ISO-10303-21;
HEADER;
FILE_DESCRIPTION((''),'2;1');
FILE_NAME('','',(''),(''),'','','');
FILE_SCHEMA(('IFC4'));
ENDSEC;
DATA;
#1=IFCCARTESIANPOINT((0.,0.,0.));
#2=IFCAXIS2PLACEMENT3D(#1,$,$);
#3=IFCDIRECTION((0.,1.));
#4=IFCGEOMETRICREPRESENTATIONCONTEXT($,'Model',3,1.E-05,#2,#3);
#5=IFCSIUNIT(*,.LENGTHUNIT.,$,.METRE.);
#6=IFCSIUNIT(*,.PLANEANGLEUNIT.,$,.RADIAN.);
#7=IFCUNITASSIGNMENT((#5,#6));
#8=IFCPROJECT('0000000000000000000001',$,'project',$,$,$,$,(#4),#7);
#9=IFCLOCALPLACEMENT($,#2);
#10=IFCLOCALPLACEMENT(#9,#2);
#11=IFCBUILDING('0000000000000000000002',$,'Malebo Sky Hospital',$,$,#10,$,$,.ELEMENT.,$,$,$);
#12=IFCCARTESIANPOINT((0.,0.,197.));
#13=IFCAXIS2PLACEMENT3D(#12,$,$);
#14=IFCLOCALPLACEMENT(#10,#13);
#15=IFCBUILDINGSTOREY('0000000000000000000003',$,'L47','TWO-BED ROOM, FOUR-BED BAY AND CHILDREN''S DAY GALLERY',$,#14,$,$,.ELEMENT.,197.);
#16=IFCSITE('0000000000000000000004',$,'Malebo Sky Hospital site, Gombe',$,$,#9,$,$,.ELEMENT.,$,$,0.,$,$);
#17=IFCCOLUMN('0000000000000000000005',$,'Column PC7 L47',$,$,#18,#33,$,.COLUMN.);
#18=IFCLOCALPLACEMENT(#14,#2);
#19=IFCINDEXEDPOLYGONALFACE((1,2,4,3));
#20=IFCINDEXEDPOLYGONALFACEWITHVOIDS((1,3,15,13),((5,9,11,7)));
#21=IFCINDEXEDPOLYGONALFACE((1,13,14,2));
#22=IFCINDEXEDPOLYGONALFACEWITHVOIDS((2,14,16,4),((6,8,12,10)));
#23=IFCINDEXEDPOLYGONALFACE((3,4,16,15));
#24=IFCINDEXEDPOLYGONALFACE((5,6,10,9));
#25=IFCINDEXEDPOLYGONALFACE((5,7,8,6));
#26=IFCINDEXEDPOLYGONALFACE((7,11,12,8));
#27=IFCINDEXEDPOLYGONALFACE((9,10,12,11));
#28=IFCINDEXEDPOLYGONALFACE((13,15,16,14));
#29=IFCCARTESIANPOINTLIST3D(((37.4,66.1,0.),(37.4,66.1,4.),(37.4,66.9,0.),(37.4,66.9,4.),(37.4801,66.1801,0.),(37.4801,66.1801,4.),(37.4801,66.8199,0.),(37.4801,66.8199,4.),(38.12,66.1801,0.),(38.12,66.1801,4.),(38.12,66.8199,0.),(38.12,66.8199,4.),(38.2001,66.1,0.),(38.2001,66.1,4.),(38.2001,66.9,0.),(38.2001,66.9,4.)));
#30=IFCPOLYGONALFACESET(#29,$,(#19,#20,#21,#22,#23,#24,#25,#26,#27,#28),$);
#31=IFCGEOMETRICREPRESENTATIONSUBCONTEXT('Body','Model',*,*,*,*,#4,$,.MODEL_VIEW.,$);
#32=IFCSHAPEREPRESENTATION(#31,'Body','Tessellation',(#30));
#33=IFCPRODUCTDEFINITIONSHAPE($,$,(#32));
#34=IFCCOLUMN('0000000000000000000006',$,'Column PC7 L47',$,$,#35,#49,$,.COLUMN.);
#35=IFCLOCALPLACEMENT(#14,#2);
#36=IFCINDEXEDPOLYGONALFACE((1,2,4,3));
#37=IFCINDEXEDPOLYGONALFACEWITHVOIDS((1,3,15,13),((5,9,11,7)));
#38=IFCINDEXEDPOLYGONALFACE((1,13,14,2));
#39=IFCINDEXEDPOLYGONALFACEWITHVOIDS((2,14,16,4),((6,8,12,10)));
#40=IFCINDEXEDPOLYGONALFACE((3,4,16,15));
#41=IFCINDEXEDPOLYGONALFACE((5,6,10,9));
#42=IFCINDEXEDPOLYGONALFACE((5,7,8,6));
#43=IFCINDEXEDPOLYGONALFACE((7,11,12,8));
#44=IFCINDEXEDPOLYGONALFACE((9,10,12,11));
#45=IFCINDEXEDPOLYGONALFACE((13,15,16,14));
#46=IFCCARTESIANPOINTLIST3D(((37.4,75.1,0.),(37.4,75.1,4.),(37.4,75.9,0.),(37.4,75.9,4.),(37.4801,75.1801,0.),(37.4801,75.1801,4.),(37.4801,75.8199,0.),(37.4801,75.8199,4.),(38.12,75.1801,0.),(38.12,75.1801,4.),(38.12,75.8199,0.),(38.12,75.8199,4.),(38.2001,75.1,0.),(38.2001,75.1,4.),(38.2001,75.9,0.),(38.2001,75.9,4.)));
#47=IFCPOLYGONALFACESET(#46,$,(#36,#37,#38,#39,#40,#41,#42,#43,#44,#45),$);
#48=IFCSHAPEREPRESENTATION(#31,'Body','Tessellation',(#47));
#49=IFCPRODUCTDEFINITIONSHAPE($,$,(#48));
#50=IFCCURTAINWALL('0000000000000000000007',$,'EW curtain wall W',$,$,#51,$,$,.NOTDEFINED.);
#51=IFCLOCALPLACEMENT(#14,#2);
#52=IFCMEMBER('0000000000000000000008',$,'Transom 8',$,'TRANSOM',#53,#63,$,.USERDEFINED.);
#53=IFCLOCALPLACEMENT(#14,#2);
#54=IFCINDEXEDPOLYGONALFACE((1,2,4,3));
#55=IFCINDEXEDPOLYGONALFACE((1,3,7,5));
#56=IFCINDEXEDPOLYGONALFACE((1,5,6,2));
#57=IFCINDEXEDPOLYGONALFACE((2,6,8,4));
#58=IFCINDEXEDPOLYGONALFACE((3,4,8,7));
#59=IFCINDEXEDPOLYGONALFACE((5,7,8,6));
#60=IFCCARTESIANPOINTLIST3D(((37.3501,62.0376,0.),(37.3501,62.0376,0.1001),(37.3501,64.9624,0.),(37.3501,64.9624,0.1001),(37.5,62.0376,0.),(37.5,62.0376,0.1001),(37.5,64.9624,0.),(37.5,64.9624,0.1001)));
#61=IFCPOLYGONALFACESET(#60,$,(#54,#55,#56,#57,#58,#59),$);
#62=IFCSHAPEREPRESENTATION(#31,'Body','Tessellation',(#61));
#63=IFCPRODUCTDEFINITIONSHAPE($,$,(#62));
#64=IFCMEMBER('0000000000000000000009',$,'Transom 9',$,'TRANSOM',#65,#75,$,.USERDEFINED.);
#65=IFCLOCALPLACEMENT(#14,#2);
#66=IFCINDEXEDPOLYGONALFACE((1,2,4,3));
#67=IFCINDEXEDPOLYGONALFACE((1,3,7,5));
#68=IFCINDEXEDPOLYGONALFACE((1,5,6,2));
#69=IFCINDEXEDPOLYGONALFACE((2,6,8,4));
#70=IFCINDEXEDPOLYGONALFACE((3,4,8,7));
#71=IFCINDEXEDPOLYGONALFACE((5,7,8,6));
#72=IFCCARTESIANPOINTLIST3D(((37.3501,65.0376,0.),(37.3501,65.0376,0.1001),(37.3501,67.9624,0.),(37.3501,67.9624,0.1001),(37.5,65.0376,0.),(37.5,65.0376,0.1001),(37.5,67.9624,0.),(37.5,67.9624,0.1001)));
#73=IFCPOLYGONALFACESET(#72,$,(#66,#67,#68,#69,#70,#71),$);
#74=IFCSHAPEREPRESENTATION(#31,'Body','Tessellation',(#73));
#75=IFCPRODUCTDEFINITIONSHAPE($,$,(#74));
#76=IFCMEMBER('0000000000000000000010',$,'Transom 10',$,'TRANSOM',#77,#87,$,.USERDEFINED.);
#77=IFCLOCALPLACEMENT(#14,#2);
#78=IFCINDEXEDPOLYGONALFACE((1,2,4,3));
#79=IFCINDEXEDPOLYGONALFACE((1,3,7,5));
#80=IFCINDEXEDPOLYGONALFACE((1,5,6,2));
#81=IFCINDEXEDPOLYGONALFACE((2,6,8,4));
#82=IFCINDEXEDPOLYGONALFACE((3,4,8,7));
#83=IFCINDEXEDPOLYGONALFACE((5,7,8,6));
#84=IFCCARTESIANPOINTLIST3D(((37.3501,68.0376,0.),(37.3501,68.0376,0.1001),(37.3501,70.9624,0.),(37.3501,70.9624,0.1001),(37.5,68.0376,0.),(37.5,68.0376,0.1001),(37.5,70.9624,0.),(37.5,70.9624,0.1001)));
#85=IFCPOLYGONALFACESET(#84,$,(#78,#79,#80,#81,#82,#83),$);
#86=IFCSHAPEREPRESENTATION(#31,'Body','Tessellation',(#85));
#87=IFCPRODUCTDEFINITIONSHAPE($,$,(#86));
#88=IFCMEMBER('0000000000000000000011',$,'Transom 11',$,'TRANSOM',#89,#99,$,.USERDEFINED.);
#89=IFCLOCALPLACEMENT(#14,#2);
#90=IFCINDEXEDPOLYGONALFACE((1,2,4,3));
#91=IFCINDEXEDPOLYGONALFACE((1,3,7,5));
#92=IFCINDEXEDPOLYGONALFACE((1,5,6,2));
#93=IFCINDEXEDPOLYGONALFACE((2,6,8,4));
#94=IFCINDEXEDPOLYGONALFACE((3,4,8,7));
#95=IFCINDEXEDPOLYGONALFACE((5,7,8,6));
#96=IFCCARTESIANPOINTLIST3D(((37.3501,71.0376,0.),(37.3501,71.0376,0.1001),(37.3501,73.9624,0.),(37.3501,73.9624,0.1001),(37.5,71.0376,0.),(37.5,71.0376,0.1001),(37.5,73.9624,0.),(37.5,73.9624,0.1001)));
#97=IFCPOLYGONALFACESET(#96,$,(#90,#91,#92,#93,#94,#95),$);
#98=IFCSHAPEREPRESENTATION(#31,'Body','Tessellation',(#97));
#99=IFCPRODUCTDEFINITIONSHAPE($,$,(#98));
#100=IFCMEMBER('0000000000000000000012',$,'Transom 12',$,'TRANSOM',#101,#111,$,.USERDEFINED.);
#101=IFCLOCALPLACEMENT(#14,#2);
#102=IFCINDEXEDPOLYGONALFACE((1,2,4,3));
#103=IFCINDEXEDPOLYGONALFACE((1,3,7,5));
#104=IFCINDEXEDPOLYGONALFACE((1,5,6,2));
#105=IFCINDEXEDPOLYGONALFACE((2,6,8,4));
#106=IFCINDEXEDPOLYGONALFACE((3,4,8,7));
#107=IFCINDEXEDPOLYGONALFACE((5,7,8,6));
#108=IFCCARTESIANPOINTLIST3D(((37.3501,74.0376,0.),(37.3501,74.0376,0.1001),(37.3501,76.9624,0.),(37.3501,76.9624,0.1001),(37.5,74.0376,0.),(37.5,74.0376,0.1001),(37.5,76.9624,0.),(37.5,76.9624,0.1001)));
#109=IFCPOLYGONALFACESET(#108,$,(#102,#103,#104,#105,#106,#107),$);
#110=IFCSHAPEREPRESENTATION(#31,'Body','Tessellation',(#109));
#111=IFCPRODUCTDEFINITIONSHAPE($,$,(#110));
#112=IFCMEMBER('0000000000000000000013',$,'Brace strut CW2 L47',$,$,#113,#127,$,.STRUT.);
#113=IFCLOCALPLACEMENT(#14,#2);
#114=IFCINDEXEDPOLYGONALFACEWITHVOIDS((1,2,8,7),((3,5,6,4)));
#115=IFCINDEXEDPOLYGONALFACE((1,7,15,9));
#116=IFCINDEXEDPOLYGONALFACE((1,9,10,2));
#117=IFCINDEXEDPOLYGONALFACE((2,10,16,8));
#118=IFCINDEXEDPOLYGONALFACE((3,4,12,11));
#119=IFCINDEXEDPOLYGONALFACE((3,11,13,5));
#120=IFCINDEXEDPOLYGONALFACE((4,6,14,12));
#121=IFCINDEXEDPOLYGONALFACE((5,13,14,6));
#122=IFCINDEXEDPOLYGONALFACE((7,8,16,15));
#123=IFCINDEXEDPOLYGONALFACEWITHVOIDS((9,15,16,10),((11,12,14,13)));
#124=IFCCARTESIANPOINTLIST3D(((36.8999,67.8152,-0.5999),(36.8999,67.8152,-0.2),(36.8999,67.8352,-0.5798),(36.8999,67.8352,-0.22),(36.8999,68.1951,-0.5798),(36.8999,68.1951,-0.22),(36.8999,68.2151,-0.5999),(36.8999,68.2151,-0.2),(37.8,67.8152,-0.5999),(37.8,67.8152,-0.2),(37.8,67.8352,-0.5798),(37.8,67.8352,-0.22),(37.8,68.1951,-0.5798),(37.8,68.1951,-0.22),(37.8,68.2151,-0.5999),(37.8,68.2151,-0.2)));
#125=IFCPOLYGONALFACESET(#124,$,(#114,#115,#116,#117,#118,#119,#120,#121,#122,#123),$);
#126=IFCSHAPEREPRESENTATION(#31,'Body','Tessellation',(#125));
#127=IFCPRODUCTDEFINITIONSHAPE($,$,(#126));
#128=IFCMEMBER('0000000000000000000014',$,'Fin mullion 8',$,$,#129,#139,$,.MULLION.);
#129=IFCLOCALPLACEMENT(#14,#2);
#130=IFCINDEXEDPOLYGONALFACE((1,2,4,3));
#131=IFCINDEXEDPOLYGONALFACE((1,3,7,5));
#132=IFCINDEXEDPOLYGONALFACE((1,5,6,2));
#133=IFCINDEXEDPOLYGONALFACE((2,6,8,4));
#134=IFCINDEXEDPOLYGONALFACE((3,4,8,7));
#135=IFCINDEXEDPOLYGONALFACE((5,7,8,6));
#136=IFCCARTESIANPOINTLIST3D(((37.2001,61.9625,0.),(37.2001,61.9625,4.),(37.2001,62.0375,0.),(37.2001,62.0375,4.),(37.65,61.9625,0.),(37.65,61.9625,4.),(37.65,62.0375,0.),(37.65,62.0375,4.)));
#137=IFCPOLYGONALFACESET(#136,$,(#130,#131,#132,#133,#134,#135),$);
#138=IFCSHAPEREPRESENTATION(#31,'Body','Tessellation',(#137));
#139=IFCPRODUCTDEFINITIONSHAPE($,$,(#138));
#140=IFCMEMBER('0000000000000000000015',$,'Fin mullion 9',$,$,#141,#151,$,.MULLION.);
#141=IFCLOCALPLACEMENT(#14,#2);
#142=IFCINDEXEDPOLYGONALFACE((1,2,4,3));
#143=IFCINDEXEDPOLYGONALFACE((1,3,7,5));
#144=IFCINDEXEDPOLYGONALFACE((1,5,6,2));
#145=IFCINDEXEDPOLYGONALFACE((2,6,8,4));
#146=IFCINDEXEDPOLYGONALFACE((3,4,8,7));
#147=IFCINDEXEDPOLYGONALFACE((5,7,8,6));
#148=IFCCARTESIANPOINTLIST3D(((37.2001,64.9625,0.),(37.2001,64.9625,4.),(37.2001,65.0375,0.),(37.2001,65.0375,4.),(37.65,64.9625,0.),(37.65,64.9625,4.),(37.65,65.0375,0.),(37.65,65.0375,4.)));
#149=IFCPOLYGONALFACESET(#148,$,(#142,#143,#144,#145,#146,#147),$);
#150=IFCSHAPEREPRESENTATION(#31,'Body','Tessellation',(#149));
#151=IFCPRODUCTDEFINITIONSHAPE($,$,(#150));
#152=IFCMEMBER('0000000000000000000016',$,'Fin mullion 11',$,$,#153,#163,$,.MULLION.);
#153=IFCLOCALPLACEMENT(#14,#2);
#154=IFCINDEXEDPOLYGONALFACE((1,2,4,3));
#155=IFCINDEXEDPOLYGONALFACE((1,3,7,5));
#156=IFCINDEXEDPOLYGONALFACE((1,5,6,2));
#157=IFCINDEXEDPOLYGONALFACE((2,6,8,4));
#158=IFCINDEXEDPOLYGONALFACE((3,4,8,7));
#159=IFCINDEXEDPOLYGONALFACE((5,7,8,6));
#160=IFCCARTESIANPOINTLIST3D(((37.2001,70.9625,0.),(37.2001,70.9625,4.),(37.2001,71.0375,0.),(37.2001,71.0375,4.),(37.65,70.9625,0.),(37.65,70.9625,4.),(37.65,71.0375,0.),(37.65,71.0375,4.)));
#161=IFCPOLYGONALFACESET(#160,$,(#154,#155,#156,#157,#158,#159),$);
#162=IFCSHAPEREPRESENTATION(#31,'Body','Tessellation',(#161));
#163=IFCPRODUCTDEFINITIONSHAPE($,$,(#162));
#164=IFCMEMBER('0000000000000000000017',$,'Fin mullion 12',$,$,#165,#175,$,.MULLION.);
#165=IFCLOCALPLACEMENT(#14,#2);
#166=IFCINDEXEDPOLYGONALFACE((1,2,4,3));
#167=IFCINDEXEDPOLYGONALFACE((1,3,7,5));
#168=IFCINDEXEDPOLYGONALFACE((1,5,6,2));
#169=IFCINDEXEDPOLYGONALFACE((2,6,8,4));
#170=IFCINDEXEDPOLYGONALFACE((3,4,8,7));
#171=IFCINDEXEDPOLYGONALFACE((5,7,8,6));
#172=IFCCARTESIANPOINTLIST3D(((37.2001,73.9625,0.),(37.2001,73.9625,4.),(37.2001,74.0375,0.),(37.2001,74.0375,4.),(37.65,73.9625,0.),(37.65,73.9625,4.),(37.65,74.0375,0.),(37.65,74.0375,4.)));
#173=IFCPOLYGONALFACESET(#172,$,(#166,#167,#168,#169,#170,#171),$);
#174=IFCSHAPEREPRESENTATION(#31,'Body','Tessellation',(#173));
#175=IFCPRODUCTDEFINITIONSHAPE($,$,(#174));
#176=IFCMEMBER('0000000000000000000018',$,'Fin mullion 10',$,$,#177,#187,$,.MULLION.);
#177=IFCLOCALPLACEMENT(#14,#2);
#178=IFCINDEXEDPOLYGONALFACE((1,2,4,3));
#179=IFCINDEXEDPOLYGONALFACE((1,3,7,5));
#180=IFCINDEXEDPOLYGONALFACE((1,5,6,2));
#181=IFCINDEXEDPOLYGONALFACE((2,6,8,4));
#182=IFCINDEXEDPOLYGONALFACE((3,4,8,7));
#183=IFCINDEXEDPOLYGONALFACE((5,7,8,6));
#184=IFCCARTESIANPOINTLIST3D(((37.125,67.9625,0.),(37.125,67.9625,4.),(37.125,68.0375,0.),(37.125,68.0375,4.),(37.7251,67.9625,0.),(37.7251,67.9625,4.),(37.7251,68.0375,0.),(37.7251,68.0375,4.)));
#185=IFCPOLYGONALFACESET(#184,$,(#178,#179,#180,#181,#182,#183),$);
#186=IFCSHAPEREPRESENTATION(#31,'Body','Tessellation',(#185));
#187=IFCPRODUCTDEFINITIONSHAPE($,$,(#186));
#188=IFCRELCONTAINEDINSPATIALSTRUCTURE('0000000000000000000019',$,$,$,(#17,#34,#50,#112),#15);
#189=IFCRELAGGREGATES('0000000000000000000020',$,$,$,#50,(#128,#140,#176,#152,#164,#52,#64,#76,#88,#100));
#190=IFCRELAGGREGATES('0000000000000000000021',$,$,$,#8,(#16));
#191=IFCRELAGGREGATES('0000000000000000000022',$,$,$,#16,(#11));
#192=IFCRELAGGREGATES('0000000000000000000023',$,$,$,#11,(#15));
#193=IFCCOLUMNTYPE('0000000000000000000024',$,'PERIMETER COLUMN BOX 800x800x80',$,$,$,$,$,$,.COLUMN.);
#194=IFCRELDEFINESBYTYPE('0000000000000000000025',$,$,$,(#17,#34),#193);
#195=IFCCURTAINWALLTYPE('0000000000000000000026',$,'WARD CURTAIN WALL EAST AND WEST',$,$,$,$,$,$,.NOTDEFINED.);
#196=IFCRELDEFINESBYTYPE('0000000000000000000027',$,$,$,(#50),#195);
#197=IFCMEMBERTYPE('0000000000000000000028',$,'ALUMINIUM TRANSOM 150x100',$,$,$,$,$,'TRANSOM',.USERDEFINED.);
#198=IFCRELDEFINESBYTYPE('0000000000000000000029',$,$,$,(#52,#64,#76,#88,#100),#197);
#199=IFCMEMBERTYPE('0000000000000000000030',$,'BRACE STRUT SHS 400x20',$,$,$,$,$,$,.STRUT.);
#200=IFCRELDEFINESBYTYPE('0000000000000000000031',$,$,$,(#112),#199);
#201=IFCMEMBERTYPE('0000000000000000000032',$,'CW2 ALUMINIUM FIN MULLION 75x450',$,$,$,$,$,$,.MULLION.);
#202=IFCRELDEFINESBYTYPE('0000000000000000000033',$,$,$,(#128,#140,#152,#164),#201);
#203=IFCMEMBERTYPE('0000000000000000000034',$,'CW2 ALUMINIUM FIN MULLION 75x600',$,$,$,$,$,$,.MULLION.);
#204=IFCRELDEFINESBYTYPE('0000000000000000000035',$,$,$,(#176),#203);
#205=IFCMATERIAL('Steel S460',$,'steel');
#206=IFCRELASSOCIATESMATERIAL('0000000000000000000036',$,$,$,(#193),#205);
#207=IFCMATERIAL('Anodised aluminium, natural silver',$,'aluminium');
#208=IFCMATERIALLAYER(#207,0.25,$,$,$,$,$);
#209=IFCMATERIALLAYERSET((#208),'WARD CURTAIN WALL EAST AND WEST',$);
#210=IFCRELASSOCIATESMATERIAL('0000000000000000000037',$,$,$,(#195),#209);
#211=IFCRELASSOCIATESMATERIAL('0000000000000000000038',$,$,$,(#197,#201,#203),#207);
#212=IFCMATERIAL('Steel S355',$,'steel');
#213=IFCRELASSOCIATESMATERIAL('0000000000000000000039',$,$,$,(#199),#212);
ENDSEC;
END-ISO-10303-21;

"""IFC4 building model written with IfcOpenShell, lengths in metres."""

from ifc_helpers import new_model, si_unit, direction, frame, origin, origin_2d, place, context, subcontext, project, spatial, rectangle, hollow_rectangle, extrude, material, layer, layer_set, material_profile, profile_set, type_object, element, aggregate, save


model = new_model("IFC4")

# Units and contexts
model_context = context("Model", 3, precision=1e-05, world=origin(), true_north=direction((0.0, 1.0)))
body_context = subcontext(model_context, "Body", "Model", "MODEL_VIEW")
ifc_project = project(units=[si_unit("LENGTHUNIT", "METRE"), si_unit("PLANEANGLEUNIT", "RADIAN")], contexts=[model_context])

# Site, building, storey
site_placement = place(None, origin())
site = spatial("IfcSite", under=ifc_project, at=site_placement, Name="Malebo Sky Hospital site, Gombe", CompositionType="ELEMENT", RefElevation=0.0)
building_placement = place(site_placement, origin())
building = spatial("IfcBuilding", under=site, at=building_placement, Name="Malebo Sky Hospital", CompositionType="ELEMENT")
storey_placement = place(building_placement, frame((0.0, 0.0, 197.0)))
storey = spatial("IfcBuildingStorey", under=building, at=storey_placement, Name="L47", Description="TWO-BED ROOM, FOUR-BED BAY AND CHILDREN'S DAY GALLERY", CompositionType="ELEMENT", Elevation=197.0)

# Columns
ifc_material_1 = material(Name="Steel S460", Category="steel")
ifc_material_profile_1 = material_profile(ifc_material_1, hollow_rectangle(XDim=0.8, YDim=0.8, WallThickness=0.0801, at=origin_2d()), Name="BOX 800x800x80")
ifc_profile_set_1 = profile_set([ifc_material_profile_1], Name="Steel S460")
column_type = type_object("IfcColumnType", Name="PERIMETER COLUMN BOX 800x800x80", PredefinedType="COLUMN", material=ifc_profile_set_1)
for number, where, z_axis, x_axis, name in (
    (1, (37.8, 66.5, 0.0), (0.0, 0.0, 1.0), (1.0, 0.0, 0.0), "Column PC7 L47"),
    (2, (37.8, 75.5, 0.0), (0.0, 0.0, 1.0), (1.0, 0.0, 0.0), "Column PC7 L47"),
):
    element("IfcColumn", number, at=place(storey_placement, frame(where, z_axis=z_axis, x_axis=x_axis)), inside=storey, type_object=column_type, Name=name, PredefinedType="COLUMN", context=body_context, shape_type="SweptSolid", body=[
        extrude(hollow_rectangle(XDim=0.8, YDim=0.8, WallThickness=0.0801, at=origin_2d()), origin(), (0.0, 0.0, 1.0), 4.0),
    ])

# Curtain wall, members
ifc_material_2 = material(Name="Anodised aluminium, natural silver", Category="aluminium")
ifc_layer_1 = layer(ifc_material_2, 0.25)
ifc_layer_set_1 = layer_set([ifc_layer_1], Name="WARD CURTAIN WALL EAST AND WEST")
curtain_wall_type = type_object("IfcCurtainWallType", Name="WARD CURTAIN WALL EAST AND WEST", PredefinedType="NOTDEFINED", material=ifc_layer_set_1)
curtain_wall_placement = place(storey_placement, origin())
curtain_wall = element("IfcCurtainWall", 3, at=curtain_wall_placement, inside=storey, type_object=curtain_wall_type, Name="EW curtain wall W", PredefinedType="NOTDEFINED")
ifc_material_profile_2 = material_profile(ifc_material_2, rectangle(XDim=0.1499, YDim=0.1001, at=origin_2d()), Name="ALUMINIUM TRANSOM 150x100")
ifc_profile_set_2 = profile_set([ifc_material_profile_2], Name="Anodised aluminium, natural silver")
member_type_1 = type_object("IfcMemberType", Name="ALUMINIUM TRANSOM 150x100", ElementType="TRANSOM", PredefinedType="USERDEFINED", material=ifc_profile_set_2)
member_1_placement = place(storey_placement, frame((37.425, 62.0376, 0.05), z_axis=(0.0, 1.0, 0.0), x_axis=(-1.0, 0.0, 0.0)))
member_1 = element("IfcMember", 4, at=member_1_placement, type_object=member_type_1, Name="Transom 8", ObjectType="TRANSOM", PredefinedType="USERDEFINED", context=body_context, shape_type="SweptSolid", body=[
    extrude(rectangle(XDim=0.1499, YDim=0.1001, at=origin_2d()), origin(), (0.0, 0.0, 1.0), 2.9248),
])
member_2_placement = place(storey_placement, frame((37.425, 65.0376, 0.05), z_axis=(0.0, 1.0, 0.0), x_axis=(-1.0, 0.0, 0.0)))
member_2 = element("IfcMember", 5, at=member_2_placement, type_object=member_type_1, Name="Transom 9", ObjectType="TRANSOM", PredefinedType="USERDEFINED", context=body_context, shape_type="SweptSolid", body=[
    extrude(rectangle(XDim=0.1499, YDim=0.1001, at=origin_2d()), origin(), (0.0, 0.0, 1.0), 2.9248),
])
member_3_placement = place(storey_placement, frame((37.425, 68.0376, 0.05), z_axis=(0.0, 1.0, 0.0), x_axis=(-1.0, 0.0, 0.0)))
member_3 = element("IfcMember", 6, at=member_3_placement, type_object=member_type_1, Name="Transom 10", ObjectType="TRANSOM", PredefinedType="USERDEFINED", context=body_context, shape_type="SweptSolid", body=[
    extrude(rectangle(XDim=0.1499, YDim=0.1001, at=origin_2d()), origin(), (0.0, 0.0, 1.0), 2.9248),
])
member_4_placement = place(storey_placement, frame((37.425, 71.0376, 0.05), z_axis=(0.0, 1.0, 0.0), x_axis=(-1.0, 0.0, 0.0)))
member_4 = element("IfcMember", 7, at=member_4_placement, type_object=member_type_1, Name="Transom 11", ObjectType="TRANSOM", PredefinedType="USERDEFINED", context=body_context, shape_type="SweptSolid", body=[
    extrude(rectangle(XDim=0.1499, YDim=0.1001, at=origin_2d()), origin(), (0.0, 0.0, 1.0), 2.9248),
])
member_5_placement = place(storey_placement, frame((37.425, 74.0376, 0.05), z_axis=(0.0, 1.0, 0.0), x_axis=(-1.0, 0.0, 0.0)))
member_5 = element("IfcMember", 8, at=member_5_placement, type_object=member_type_1, Name="Transom 12", ObjectType="TRANSOM", PredefinedType="USERDEFINED", context=body_context, shape_type="SweptSolid", body=[
    extrude(rectangle(XDim=0.1499, YDim=0.1001, at=origin_2d()), origin(), (0.0, 0.0, 1.0), 2.9248),
])

# Members
ifc_material_3 = material(Name="Steel S355", Category="steel")
ifc_material_profile_3 = material_profile(ifc_material_3, hollow_rectangle(XDim=0.3999, YDim=0.3999, WallThickness=0.02, at=origin_2d()), Name="SHS 400x20")
ifc_profile_set_3 = profile_set([ifc_material_profile_3], Name="Steel S355")
member_type_2 = type_object("IfcMemberType", Name="BRACE STRUT SHS 400x20", PredefinedType="STRUT", material=ifc_profile_set_3)
member_6_placement = place(storey_placement, frame((36.8999, 68.0151, -0.3999), z_axis=(1.0, 0.0, 0.0), x_axis=(0.0, 1.0, 0.0)))
element("IfcMember", 9, at=member_6_placement, inside=storey, type_object=member_type_2, Name="Brace strut CW2 L47", PredefinedType="STRUT", context=body_context, shape_type="SweptSolid", body=[
    extrude(hollow_rectangle(XDim=0.3999, YDim=0.3999, WallThickness=0.02, at=origin_2d()), origin(), (0.0, 0.0, 1.0), 0.9001),
])
ifc_material_profile_4 = material_profile(ifc_material_2, rectangle(XDim=0.075, YDim=0.45, at=origin_2d()), Name="CW2 ALUMINIUM FIN MULLION 75x450")
ifc_profile_set_4 = profile_set([ifc_material_profile_4], Name="Anodised aluminium, natural silver")
member_type_3 = type_object("IfcMemberType", Name="CW2 ALUMINIUM FIN MULLION 75x450", PredefinedType="MULLION", material=ifc_profile_set_4)
member_7_placement = place(storey_placement, frame((37.425, 62.0, 0.0), z_axis=(0.0, 0.0, 1.0), x_axis=(0.0, 1.0, 0.0)))
member_7 = element("IfcMember", 10, at=member_7_placement, type_object=member_type_3, Name="Fin mullion 8", PredefinedType="MULLION", context=body_context, shape_type="SweptSolid", body=[
    extrude(rectangle(XDim=0.075, YDim=0.45, at=origin_2d()), origin(), (0.0, 0.0, 1.0), 4.0),
])
member_8_placement = place(storey_placement, frame((37.425, 65.0, 0.0), z_axis=(0.0, 0.0, 1.0), x_axis=(0.0, 1.0, 0.0)))
member_8 = element("IfcMember", 11, at=member_8_placement, type_object=member_type_3, Name="Fin mullion 9", PredefinedType="MULLION", context=body_context, shape_type="SweptSolid", body=[
    extrude(rectangle(XDim=0.075, YDim=0.45, at=origin_2d()), origin(), (0.0, 0.0, 1.0), 4.0),
])
member_9_placement = place(storey_placement, frame((37.425, 71.0, 0.0), z_axis=(0.0, 0.0, 1.0), x_axis=(0.0, 1.0, 0.0)))
member_9 = element("IfcMember", 12, at=member_9_placement, type_object=member_type_3, Name="Fin mullion 11", PredefinedType="MULLION", context=body_context, shape_type="SweptSolid", body=[
    extrude(rectangle(XDim=0.075, YDim=0.45, at=origin_2d()), origin(), (0.0, 0.0, 1.0), 4.0),
])
member_10_placement = place(storey_placement, frame((37.425, 74.0, 0.0), z_axis=(0.0, 0.0, 1.0), x_axis=(0.0, 1.0, 0.0)))
member_10 = element("IfcMember", 13, at=member_10_placement, type_object=member_type_3, Name="Fin mullion 12", PredefinedType="MULLION", context=body_context, shape_type="SweptSolid", body=[
    extrude(rectangle(XDim=0.075, YDim=0.45, at=origin_2d()), origin(), (0.0, 0.0, 1.0), 4.0),
])
ifc_material_profile_5 = material_profile(ifc_material_2, rectangle(XDim=0.075, YDim=0.6001, at=origin_2d()), Name="CW2 ALUMINIUM FIN MULLION 75x600")
ifc_profile_set_5 = profile_set([ifc_material_profile_5], Name="Anodised aluminium, natural silver")
member_type_4 = type_object("IfcMemberType", Name="CW2 ALUMINIUM FIN MULLION 75x600", PredefinedType="MULLION", material=ifc_profile_set_5)
member_11_placement = place(storey_placement, frame((37.425, 68.0, 0.0), z_axis=(0.0, 0.0, 1.0), x_axis=(0.0, 1.0, 0.0)))
member_11 = element("IfcMember", 14, at=member_11_placement, type_object=member_type_4, Name="Fin mullion 10", PredefinedType="MULLION", context=body_context, shape_type="SweptSolid", body=[
    extrude(rectangle(XDim=0.075, YDim=0.6001, at=origin_2d()), origin(), (0.0, 0.0, 1.0), 4.0),
])

aggregate(curtain_wall, [member_7, member_8, member_11, member_9, member_10, member_1, member_2, member_3, member_4, member_5])

save(model, "model.ifc")
